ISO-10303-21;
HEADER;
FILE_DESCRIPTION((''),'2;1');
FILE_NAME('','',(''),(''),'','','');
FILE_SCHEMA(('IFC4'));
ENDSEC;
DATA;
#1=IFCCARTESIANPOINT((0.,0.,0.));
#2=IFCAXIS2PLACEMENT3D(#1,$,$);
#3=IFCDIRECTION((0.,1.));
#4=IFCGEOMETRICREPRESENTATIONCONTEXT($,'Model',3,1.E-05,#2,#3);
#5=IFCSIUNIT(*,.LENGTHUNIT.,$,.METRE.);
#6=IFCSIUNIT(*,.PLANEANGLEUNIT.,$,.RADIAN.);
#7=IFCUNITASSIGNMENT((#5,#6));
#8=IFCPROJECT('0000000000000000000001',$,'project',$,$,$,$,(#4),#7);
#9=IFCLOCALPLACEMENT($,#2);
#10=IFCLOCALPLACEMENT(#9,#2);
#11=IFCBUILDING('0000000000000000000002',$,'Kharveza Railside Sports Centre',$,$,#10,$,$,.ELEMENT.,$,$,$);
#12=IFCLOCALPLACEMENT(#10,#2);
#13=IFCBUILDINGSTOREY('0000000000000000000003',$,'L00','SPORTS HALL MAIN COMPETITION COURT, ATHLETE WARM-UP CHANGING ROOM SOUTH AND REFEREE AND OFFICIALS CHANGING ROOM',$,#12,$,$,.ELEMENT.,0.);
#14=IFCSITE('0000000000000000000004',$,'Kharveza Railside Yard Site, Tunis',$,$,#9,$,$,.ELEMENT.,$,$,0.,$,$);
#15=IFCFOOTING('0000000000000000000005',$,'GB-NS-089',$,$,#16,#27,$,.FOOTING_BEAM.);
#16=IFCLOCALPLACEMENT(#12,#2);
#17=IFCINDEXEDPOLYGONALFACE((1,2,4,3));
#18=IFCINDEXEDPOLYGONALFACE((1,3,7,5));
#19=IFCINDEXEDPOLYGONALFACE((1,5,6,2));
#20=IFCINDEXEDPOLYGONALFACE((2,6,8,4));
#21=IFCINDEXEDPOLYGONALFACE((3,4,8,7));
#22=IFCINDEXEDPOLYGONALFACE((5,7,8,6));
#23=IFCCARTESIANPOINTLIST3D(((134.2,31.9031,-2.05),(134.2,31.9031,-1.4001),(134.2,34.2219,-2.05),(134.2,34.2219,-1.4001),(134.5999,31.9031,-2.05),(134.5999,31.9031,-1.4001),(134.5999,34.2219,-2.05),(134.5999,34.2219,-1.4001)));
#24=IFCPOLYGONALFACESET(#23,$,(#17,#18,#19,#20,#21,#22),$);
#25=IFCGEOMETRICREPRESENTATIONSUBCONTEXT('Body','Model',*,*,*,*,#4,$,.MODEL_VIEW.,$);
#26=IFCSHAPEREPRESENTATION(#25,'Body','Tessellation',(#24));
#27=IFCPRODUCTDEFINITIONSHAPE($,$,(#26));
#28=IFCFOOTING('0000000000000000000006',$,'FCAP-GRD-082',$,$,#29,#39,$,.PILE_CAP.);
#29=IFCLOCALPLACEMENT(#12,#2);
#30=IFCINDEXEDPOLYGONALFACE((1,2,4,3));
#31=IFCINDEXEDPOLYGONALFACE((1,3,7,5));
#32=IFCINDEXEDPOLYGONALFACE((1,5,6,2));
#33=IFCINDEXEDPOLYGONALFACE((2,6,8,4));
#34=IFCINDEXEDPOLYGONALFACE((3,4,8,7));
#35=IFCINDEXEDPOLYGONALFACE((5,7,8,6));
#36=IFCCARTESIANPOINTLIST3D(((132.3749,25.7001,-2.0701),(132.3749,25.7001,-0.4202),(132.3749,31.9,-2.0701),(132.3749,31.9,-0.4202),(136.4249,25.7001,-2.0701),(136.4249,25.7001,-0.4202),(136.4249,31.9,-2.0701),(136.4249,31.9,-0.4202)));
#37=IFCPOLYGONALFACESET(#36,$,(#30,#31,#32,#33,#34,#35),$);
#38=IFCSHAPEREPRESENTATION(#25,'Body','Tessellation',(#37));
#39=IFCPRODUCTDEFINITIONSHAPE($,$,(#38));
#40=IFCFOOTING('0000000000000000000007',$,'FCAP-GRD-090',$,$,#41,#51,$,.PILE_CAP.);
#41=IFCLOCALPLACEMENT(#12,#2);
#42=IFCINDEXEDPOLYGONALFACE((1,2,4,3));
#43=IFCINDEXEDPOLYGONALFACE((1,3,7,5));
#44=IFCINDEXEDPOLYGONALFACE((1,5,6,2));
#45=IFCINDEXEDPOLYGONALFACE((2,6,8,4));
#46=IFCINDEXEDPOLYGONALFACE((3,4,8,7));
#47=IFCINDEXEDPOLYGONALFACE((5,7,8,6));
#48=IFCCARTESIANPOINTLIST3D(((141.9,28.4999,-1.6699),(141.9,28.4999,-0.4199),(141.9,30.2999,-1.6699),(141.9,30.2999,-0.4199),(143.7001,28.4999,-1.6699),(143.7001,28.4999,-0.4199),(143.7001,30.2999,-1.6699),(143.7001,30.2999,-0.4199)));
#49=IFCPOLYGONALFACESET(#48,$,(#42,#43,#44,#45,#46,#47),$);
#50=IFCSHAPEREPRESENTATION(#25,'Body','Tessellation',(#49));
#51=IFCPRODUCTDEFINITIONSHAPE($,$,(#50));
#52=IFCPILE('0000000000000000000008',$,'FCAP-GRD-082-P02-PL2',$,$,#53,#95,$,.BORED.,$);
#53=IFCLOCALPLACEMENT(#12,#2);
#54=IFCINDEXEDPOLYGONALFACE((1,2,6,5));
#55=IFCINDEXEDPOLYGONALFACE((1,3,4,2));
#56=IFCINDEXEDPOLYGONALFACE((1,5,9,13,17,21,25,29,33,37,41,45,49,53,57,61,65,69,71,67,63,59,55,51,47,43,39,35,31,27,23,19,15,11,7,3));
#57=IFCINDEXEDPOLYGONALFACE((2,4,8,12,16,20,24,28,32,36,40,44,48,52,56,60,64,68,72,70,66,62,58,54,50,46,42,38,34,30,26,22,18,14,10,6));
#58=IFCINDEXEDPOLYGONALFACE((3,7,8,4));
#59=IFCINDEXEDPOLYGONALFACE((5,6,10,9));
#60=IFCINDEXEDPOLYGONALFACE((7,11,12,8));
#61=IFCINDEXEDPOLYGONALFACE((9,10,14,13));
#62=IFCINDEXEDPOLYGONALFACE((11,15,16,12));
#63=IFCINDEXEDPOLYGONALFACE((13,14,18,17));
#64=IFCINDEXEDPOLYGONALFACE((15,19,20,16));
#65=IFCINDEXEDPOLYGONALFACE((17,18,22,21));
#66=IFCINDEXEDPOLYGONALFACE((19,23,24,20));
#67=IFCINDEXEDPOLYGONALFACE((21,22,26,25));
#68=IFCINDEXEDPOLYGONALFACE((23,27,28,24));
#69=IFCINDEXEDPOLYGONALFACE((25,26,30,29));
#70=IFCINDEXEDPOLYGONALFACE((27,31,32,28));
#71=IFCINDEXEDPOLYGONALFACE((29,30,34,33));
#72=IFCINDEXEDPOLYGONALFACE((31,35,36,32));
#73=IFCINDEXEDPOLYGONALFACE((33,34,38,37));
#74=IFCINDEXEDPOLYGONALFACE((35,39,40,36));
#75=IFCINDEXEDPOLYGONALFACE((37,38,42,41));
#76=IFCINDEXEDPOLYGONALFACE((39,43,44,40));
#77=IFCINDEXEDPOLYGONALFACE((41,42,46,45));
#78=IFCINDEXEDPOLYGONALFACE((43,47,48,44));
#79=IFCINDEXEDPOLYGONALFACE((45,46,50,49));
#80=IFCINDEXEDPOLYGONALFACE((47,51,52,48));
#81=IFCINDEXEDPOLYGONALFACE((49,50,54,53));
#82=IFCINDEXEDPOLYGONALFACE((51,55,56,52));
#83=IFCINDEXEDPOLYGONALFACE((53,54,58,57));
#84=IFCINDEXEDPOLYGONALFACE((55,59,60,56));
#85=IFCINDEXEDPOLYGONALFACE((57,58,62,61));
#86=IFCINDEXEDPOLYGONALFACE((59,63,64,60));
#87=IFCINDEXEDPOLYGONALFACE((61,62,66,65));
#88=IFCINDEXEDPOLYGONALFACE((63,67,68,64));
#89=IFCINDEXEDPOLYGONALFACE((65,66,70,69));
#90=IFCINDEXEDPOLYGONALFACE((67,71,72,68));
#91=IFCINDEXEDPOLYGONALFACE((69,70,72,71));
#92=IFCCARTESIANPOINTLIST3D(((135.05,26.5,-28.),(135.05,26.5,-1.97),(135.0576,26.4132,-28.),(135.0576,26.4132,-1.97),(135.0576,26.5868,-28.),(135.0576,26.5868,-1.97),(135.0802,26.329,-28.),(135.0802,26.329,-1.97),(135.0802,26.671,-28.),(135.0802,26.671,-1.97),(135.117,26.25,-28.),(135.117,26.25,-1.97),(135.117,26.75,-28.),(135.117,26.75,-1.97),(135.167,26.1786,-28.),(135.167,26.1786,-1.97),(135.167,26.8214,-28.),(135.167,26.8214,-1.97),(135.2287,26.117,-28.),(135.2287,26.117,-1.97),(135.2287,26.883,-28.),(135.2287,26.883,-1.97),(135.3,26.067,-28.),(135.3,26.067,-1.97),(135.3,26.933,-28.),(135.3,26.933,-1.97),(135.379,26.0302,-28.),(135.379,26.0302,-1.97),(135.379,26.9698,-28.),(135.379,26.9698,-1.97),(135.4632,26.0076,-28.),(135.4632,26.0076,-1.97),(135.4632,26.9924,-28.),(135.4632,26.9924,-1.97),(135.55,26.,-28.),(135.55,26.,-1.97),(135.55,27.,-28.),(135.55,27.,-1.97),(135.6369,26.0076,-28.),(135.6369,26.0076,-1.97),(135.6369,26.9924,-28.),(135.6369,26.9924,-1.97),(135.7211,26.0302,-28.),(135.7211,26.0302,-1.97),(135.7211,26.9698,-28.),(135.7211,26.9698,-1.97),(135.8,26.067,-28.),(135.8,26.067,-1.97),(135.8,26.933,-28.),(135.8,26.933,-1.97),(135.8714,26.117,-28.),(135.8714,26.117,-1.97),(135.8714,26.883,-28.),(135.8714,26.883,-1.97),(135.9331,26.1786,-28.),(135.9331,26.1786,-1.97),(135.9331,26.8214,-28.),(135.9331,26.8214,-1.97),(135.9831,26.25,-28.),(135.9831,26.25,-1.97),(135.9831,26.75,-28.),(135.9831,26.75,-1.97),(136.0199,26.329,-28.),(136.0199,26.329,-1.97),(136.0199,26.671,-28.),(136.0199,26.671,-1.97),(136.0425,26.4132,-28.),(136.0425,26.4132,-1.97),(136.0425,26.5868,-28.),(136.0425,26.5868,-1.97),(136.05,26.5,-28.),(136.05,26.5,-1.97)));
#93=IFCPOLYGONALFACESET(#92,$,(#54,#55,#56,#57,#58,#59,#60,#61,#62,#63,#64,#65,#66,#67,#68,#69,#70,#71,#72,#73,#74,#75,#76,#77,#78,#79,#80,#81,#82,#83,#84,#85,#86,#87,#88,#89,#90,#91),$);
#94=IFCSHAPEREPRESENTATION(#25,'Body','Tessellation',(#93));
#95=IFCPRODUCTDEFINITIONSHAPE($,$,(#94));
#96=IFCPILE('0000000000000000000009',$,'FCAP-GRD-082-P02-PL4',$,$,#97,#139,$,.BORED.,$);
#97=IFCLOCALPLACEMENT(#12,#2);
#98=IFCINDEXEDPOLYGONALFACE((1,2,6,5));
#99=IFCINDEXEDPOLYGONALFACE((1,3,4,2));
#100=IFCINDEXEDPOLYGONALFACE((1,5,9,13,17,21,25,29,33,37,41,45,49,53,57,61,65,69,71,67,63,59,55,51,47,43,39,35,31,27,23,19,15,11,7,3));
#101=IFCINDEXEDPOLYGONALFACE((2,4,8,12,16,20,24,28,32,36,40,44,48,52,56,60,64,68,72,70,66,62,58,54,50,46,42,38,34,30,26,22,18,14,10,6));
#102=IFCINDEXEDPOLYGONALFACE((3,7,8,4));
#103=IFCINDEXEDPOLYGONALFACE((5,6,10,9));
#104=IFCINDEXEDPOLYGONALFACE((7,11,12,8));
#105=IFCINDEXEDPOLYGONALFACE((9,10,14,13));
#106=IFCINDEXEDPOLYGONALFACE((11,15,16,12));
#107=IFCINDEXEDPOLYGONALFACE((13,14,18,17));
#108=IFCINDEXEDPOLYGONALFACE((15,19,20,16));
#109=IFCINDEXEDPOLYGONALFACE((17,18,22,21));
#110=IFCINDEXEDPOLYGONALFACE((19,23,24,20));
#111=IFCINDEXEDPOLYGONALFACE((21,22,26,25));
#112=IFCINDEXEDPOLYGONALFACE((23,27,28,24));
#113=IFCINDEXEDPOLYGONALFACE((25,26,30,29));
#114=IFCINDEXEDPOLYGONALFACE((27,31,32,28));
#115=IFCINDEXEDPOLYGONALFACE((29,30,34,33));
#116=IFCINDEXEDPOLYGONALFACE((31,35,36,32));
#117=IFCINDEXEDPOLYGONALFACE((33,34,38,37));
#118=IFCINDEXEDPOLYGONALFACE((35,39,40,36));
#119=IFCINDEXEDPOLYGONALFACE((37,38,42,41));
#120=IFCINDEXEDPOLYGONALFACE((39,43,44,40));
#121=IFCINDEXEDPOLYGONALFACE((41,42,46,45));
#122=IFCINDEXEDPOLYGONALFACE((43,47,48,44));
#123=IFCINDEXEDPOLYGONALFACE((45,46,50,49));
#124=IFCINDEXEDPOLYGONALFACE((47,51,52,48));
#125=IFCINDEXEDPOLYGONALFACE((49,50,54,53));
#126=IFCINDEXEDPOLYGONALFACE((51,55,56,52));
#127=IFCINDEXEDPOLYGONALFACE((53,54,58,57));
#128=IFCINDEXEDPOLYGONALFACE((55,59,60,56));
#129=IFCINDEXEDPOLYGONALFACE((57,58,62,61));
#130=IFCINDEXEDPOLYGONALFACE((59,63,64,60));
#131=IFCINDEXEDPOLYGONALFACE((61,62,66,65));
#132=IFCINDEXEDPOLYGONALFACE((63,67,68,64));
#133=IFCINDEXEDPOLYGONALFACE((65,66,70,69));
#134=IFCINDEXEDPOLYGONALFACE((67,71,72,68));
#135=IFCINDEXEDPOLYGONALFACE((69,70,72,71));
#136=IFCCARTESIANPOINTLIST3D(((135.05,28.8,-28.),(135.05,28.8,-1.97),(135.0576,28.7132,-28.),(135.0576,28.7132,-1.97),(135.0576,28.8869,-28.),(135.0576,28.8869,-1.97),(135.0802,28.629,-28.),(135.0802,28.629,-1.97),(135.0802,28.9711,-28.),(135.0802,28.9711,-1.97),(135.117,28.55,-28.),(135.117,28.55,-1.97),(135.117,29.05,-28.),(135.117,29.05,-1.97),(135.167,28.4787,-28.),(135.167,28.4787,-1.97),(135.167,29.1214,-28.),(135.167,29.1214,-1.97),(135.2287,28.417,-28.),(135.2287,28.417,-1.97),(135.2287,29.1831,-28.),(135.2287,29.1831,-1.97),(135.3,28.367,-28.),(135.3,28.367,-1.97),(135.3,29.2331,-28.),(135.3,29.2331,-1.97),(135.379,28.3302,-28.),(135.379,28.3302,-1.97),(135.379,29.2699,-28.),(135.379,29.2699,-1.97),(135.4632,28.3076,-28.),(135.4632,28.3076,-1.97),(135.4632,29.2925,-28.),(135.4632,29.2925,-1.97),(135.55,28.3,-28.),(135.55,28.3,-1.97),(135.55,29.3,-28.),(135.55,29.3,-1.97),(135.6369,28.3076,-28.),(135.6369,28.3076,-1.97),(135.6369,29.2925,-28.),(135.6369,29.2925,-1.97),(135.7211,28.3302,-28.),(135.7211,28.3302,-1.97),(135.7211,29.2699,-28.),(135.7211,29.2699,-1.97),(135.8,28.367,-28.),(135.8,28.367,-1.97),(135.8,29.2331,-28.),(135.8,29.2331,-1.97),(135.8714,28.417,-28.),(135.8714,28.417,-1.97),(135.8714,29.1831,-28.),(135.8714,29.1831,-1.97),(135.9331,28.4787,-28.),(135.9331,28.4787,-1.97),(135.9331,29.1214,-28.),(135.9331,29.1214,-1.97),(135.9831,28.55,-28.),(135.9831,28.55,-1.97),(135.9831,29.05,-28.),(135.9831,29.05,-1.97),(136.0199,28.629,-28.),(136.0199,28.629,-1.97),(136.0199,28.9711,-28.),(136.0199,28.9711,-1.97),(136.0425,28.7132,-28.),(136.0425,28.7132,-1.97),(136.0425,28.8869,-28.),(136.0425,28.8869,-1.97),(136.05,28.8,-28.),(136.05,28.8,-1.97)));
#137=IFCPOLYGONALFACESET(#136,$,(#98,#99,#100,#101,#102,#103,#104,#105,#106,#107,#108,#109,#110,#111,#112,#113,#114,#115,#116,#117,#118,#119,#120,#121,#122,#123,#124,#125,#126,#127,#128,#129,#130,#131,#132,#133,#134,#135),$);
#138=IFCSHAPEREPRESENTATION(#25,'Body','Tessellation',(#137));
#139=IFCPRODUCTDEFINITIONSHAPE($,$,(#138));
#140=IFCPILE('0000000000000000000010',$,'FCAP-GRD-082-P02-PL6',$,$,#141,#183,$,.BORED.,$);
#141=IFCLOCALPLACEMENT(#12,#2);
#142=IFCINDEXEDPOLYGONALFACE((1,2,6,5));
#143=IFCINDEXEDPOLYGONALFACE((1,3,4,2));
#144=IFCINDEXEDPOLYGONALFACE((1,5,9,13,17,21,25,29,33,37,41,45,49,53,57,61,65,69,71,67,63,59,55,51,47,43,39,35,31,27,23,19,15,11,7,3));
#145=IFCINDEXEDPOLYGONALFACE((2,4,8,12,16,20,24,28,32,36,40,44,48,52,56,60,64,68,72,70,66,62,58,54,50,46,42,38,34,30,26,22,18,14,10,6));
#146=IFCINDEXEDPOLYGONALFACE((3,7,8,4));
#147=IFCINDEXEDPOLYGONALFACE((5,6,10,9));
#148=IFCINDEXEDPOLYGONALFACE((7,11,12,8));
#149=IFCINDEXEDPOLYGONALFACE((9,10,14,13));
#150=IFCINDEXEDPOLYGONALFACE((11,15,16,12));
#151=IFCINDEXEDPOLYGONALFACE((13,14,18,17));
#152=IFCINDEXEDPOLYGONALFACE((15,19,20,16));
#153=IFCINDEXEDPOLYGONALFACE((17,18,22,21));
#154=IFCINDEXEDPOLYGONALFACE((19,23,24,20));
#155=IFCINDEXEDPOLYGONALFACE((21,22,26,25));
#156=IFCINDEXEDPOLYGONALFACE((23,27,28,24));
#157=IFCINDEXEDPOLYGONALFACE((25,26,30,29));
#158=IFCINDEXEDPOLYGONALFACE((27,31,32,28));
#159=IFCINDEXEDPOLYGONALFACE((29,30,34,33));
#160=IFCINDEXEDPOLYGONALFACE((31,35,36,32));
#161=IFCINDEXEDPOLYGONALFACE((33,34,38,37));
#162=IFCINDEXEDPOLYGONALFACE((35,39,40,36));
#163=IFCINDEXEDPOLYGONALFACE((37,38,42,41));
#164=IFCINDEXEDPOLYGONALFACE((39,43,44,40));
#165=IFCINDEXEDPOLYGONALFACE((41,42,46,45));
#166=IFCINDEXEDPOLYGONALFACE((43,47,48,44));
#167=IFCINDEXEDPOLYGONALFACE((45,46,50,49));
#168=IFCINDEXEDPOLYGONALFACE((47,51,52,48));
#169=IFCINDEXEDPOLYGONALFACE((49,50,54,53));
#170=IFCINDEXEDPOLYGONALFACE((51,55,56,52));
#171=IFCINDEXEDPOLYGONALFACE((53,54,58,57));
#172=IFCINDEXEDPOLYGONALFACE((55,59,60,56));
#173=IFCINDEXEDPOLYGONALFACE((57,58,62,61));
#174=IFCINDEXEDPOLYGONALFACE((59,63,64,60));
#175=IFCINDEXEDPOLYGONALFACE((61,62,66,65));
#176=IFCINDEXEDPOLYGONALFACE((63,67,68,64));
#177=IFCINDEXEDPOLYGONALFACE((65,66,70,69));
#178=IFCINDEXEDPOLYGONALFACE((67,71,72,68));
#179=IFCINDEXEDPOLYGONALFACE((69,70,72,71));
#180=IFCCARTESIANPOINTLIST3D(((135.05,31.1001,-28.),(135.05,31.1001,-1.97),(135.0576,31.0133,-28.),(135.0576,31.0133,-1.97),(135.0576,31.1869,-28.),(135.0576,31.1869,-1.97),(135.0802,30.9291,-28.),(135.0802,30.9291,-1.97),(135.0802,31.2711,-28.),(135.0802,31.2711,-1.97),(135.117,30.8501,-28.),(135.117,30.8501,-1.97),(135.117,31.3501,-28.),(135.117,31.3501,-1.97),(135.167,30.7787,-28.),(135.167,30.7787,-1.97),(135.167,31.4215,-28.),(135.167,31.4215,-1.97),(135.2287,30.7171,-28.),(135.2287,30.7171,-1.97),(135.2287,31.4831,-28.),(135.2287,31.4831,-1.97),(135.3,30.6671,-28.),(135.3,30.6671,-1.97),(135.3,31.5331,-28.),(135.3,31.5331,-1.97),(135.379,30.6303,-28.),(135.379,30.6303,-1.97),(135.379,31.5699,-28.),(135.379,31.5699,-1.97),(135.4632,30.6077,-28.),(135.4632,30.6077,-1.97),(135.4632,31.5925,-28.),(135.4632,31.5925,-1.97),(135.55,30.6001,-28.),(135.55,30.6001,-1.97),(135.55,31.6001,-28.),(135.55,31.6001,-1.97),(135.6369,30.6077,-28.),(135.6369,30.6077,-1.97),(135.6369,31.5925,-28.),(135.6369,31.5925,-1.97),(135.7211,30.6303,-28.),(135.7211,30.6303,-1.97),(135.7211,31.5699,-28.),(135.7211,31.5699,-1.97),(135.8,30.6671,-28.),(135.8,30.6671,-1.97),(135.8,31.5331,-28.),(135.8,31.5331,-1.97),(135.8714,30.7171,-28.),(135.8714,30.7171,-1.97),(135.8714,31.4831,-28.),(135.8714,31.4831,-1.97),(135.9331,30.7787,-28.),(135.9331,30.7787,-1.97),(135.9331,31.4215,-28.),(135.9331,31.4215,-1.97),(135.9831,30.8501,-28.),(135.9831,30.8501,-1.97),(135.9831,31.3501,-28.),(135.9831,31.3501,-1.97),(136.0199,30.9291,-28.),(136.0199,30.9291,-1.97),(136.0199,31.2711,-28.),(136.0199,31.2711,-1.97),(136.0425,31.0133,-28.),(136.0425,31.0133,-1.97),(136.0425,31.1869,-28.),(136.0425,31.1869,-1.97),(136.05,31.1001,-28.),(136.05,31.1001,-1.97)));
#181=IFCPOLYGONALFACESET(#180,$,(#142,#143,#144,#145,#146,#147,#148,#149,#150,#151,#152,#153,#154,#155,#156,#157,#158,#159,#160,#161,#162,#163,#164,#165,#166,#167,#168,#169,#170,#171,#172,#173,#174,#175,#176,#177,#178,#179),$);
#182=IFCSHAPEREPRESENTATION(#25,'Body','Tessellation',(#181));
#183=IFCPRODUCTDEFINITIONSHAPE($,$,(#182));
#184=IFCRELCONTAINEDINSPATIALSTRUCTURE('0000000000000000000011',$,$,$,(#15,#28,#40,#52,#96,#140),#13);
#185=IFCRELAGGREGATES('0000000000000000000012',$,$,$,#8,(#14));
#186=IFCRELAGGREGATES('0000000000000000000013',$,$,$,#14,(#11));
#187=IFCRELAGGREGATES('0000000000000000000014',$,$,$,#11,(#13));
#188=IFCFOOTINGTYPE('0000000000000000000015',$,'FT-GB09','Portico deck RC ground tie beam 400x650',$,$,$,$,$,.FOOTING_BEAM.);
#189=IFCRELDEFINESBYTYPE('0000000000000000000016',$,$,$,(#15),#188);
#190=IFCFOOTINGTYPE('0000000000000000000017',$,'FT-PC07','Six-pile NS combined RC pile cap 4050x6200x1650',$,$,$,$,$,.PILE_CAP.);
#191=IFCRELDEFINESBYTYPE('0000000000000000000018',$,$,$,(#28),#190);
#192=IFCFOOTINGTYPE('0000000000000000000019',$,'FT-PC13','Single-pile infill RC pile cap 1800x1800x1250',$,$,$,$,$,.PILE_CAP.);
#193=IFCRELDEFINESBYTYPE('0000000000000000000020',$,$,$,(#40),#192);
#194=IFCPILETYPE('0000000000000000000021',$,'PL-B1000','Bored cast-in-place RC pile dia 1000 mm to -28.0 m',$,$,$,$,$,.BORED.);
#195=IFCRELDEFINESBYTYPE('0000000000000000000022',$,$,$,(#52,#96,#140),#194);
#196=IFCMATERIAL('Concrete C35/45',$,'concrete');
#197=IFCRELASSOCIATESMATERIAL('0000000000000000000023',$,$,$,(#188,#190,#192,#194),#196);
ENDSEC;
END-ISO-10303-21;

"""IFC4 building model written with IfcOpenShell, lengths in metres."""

from ifc_helpers import new_model, si_unit, direction, frame, origin, origin_2d, place, context, subcontext, project, spatial, rectangle, circle, extrude, material, material_profile, profile_set, type_object, element, save


model = new_model("IFC4")

# Units and contexts
model_context = context("Model", 3, precision=1e-05, world=origin(), true_north=direction((0.0, 1.0)))
body_context = subcontext(model_context, "Body", "Model", "MODEL_VIEW")
ifc_project = project(units=[si_unit("LENGTHUNIT", "METRE"), si_unit("PLANEANGLEUNIT", "RADIAN")], contexts=[model_context])

# Site, building, storey
site_placement = place(None, origin())
site = spatial("IfcSite", under=ifc_project, at=site_placement, Name="Kharveza Railside Yard Site, Tunis", CompositionType="ELEMENT", RefElevation=0.0)
building_placement = place(site_placement, origin())
building = spatial("IfcBuilding", under=site, at=building_placement, Name="Kharveza Railside Sports Centre", CompositionType="ELEMENT")
storey_placement = place(building_placement, origin())
storey = spatial("IfcBuildingStorey", under=building, at=storey_placement, Name="L00", Description="SPORTS HALL MAIN COMPETITION COURT, ATHLETE WARM-UP CHANGING ROOM SOUTH AND REFEREE AND OFFICIALS CHANGING ROOM", CompositionType="ELEMENT", Elevation=0.0)

# Footings
ifc_material_1 = material(Name="Concrete C35/45", Category="concrete")
ifc_material_profile_1 = material_profile(ifc_material_1, rectangle(XDim=0.3999, YDim=0.6499, at=origin_2d()), Name="GB 400x650")
ifc_profile_set_1 = profile_set([ifc_material_profile_1], Name="Concrete C35/45")
footing_type_1 = type_object("IfcFootingType", Name="FT-GB09", Description="Portico deck RC ground tie beam 400x650", PredefinedType="FOOTING_BEAM", material=ifc_profile_set_1)
footing_1_placement = place(storey_placement, frame((134.3999, 31.9031, -1.7251), z_axis=(0.0, 1.0, 0.0), x_axis=(-1.0, 0.0, 0.0)))
element("IfcFooting", 1, at=footing_1_placement, inside=storey, type_object=footing_type_1, Name="GB-NS-089", PredefinedType="FOOTING_BEAM", context=body_context, shape_type="SweptSolid", body=[
    extrude(rectangle(XDim=0.3999, YDim=0.6499, at=origin_2d()), origin(), (0.0, 0.0, 1.0), 2.3188),
])
footing_type_2 = type_object("IfcFootingType", Name="FT-PC07", Description="Six-pile NS combined RC pile cap 4050x6200x1650", PredefinedType="PILE_CAP", material=ifc_material_1)
footing_2_placement = place(storey_placement, frame((134.3999, 28.8, -2.0701), z_axis=(0.0, 0.0, 1.0), x_axis=(1.0, 0.0, 0.0)))
element("IfcFooting", 2, at=footing_2_placement, inside=storey, type_object=footing_type_2, Name="FCAP-GRD-082", PredefinedType="PILE_CAP", context=body_context, shape_type="SweptSolid", body=[
    extrude(rectangle(XDim=4.05, YDim=6.2, at=origin_2d()), origin(), (0.0, 0.0, 1.0), 1.6499),
])
footing_type_3 = type_object("IfcFootingType", Name="FT-PC13", Description="Single-pile infill RC pile cap 1800x1800x1250", PredefinedType="PILE_CAP", material=ifc_material_1)
footing_3_placement = place(storey_placement, frame((142.8, 29.3999, -1.6699), z_axis=(0.0, 0.0, 1.0), x_axis=(1.0, 0.0, 0.0)))
element("IfcFooting", 3, at=footing_3_placement, inside=storey, type_object=footing_type_3, Name="FCAP-GRD-090", PredefinedType="PILE_CAP", context=body_context, shape_type="SweptSolid", body=[
    extrude(rectangle(XDim=1.8, YDim=1.8, at=origin_2d()), origin(), (0.0, 0.0, 1.0), 1.25),
])

# Piles
ifc_material_profile_2 = material_profile(ifc_material_1, circle(Radius=0.5, at=origin_2d()), Name="PILE D1000")
ifc_profile_set_2 = profile_set([ifc_material_profile_2], Name="Concrete C35/45")
pile_type_1 = type_object("IfcPileType", Name="PL-B1000", Description="Bored cast-in-place RC pile dia 1000 mm to -28.0 m", PredefinedType="BORED", material=ifc_profile_set_2)
for number, where, z_axis, x_axis, name in (
    (4, (135.55, 26.5, -1.97), (0.0, 0.0, -1.0), (1.0, 0.0, 0.0), "FCAP-GRD-082-P02-PL2"),
    (5, (135.55, 28.8, -1.97), (0.0, 0.0, -1.0), (1.0, 0.0, 0.0), "FCAP-GRD-082-P02-PL4"),
    (6, (135.55, 31.1001, -1.97), (0.0, 0.0, -1.0), (1.0, 0.0, 0.0), "FCAP-GRD-082-P02-PL6"),
):
    element("IfcPile", number, at=place(storey_placement, frame(where, z_axis=z_axis, x_axis=x_axis)), inside=storey, type_object=pile_type_1, Name=name, PredefinedType="BORED", context=body_context, shape_type="SweptSolid", body=[
        extrude(circle(Radius=0.5, at=origin_2d()), origin(), (0.0, 0.0, 1.0), 26.03),
    ])

save(model, "model.ifc")
